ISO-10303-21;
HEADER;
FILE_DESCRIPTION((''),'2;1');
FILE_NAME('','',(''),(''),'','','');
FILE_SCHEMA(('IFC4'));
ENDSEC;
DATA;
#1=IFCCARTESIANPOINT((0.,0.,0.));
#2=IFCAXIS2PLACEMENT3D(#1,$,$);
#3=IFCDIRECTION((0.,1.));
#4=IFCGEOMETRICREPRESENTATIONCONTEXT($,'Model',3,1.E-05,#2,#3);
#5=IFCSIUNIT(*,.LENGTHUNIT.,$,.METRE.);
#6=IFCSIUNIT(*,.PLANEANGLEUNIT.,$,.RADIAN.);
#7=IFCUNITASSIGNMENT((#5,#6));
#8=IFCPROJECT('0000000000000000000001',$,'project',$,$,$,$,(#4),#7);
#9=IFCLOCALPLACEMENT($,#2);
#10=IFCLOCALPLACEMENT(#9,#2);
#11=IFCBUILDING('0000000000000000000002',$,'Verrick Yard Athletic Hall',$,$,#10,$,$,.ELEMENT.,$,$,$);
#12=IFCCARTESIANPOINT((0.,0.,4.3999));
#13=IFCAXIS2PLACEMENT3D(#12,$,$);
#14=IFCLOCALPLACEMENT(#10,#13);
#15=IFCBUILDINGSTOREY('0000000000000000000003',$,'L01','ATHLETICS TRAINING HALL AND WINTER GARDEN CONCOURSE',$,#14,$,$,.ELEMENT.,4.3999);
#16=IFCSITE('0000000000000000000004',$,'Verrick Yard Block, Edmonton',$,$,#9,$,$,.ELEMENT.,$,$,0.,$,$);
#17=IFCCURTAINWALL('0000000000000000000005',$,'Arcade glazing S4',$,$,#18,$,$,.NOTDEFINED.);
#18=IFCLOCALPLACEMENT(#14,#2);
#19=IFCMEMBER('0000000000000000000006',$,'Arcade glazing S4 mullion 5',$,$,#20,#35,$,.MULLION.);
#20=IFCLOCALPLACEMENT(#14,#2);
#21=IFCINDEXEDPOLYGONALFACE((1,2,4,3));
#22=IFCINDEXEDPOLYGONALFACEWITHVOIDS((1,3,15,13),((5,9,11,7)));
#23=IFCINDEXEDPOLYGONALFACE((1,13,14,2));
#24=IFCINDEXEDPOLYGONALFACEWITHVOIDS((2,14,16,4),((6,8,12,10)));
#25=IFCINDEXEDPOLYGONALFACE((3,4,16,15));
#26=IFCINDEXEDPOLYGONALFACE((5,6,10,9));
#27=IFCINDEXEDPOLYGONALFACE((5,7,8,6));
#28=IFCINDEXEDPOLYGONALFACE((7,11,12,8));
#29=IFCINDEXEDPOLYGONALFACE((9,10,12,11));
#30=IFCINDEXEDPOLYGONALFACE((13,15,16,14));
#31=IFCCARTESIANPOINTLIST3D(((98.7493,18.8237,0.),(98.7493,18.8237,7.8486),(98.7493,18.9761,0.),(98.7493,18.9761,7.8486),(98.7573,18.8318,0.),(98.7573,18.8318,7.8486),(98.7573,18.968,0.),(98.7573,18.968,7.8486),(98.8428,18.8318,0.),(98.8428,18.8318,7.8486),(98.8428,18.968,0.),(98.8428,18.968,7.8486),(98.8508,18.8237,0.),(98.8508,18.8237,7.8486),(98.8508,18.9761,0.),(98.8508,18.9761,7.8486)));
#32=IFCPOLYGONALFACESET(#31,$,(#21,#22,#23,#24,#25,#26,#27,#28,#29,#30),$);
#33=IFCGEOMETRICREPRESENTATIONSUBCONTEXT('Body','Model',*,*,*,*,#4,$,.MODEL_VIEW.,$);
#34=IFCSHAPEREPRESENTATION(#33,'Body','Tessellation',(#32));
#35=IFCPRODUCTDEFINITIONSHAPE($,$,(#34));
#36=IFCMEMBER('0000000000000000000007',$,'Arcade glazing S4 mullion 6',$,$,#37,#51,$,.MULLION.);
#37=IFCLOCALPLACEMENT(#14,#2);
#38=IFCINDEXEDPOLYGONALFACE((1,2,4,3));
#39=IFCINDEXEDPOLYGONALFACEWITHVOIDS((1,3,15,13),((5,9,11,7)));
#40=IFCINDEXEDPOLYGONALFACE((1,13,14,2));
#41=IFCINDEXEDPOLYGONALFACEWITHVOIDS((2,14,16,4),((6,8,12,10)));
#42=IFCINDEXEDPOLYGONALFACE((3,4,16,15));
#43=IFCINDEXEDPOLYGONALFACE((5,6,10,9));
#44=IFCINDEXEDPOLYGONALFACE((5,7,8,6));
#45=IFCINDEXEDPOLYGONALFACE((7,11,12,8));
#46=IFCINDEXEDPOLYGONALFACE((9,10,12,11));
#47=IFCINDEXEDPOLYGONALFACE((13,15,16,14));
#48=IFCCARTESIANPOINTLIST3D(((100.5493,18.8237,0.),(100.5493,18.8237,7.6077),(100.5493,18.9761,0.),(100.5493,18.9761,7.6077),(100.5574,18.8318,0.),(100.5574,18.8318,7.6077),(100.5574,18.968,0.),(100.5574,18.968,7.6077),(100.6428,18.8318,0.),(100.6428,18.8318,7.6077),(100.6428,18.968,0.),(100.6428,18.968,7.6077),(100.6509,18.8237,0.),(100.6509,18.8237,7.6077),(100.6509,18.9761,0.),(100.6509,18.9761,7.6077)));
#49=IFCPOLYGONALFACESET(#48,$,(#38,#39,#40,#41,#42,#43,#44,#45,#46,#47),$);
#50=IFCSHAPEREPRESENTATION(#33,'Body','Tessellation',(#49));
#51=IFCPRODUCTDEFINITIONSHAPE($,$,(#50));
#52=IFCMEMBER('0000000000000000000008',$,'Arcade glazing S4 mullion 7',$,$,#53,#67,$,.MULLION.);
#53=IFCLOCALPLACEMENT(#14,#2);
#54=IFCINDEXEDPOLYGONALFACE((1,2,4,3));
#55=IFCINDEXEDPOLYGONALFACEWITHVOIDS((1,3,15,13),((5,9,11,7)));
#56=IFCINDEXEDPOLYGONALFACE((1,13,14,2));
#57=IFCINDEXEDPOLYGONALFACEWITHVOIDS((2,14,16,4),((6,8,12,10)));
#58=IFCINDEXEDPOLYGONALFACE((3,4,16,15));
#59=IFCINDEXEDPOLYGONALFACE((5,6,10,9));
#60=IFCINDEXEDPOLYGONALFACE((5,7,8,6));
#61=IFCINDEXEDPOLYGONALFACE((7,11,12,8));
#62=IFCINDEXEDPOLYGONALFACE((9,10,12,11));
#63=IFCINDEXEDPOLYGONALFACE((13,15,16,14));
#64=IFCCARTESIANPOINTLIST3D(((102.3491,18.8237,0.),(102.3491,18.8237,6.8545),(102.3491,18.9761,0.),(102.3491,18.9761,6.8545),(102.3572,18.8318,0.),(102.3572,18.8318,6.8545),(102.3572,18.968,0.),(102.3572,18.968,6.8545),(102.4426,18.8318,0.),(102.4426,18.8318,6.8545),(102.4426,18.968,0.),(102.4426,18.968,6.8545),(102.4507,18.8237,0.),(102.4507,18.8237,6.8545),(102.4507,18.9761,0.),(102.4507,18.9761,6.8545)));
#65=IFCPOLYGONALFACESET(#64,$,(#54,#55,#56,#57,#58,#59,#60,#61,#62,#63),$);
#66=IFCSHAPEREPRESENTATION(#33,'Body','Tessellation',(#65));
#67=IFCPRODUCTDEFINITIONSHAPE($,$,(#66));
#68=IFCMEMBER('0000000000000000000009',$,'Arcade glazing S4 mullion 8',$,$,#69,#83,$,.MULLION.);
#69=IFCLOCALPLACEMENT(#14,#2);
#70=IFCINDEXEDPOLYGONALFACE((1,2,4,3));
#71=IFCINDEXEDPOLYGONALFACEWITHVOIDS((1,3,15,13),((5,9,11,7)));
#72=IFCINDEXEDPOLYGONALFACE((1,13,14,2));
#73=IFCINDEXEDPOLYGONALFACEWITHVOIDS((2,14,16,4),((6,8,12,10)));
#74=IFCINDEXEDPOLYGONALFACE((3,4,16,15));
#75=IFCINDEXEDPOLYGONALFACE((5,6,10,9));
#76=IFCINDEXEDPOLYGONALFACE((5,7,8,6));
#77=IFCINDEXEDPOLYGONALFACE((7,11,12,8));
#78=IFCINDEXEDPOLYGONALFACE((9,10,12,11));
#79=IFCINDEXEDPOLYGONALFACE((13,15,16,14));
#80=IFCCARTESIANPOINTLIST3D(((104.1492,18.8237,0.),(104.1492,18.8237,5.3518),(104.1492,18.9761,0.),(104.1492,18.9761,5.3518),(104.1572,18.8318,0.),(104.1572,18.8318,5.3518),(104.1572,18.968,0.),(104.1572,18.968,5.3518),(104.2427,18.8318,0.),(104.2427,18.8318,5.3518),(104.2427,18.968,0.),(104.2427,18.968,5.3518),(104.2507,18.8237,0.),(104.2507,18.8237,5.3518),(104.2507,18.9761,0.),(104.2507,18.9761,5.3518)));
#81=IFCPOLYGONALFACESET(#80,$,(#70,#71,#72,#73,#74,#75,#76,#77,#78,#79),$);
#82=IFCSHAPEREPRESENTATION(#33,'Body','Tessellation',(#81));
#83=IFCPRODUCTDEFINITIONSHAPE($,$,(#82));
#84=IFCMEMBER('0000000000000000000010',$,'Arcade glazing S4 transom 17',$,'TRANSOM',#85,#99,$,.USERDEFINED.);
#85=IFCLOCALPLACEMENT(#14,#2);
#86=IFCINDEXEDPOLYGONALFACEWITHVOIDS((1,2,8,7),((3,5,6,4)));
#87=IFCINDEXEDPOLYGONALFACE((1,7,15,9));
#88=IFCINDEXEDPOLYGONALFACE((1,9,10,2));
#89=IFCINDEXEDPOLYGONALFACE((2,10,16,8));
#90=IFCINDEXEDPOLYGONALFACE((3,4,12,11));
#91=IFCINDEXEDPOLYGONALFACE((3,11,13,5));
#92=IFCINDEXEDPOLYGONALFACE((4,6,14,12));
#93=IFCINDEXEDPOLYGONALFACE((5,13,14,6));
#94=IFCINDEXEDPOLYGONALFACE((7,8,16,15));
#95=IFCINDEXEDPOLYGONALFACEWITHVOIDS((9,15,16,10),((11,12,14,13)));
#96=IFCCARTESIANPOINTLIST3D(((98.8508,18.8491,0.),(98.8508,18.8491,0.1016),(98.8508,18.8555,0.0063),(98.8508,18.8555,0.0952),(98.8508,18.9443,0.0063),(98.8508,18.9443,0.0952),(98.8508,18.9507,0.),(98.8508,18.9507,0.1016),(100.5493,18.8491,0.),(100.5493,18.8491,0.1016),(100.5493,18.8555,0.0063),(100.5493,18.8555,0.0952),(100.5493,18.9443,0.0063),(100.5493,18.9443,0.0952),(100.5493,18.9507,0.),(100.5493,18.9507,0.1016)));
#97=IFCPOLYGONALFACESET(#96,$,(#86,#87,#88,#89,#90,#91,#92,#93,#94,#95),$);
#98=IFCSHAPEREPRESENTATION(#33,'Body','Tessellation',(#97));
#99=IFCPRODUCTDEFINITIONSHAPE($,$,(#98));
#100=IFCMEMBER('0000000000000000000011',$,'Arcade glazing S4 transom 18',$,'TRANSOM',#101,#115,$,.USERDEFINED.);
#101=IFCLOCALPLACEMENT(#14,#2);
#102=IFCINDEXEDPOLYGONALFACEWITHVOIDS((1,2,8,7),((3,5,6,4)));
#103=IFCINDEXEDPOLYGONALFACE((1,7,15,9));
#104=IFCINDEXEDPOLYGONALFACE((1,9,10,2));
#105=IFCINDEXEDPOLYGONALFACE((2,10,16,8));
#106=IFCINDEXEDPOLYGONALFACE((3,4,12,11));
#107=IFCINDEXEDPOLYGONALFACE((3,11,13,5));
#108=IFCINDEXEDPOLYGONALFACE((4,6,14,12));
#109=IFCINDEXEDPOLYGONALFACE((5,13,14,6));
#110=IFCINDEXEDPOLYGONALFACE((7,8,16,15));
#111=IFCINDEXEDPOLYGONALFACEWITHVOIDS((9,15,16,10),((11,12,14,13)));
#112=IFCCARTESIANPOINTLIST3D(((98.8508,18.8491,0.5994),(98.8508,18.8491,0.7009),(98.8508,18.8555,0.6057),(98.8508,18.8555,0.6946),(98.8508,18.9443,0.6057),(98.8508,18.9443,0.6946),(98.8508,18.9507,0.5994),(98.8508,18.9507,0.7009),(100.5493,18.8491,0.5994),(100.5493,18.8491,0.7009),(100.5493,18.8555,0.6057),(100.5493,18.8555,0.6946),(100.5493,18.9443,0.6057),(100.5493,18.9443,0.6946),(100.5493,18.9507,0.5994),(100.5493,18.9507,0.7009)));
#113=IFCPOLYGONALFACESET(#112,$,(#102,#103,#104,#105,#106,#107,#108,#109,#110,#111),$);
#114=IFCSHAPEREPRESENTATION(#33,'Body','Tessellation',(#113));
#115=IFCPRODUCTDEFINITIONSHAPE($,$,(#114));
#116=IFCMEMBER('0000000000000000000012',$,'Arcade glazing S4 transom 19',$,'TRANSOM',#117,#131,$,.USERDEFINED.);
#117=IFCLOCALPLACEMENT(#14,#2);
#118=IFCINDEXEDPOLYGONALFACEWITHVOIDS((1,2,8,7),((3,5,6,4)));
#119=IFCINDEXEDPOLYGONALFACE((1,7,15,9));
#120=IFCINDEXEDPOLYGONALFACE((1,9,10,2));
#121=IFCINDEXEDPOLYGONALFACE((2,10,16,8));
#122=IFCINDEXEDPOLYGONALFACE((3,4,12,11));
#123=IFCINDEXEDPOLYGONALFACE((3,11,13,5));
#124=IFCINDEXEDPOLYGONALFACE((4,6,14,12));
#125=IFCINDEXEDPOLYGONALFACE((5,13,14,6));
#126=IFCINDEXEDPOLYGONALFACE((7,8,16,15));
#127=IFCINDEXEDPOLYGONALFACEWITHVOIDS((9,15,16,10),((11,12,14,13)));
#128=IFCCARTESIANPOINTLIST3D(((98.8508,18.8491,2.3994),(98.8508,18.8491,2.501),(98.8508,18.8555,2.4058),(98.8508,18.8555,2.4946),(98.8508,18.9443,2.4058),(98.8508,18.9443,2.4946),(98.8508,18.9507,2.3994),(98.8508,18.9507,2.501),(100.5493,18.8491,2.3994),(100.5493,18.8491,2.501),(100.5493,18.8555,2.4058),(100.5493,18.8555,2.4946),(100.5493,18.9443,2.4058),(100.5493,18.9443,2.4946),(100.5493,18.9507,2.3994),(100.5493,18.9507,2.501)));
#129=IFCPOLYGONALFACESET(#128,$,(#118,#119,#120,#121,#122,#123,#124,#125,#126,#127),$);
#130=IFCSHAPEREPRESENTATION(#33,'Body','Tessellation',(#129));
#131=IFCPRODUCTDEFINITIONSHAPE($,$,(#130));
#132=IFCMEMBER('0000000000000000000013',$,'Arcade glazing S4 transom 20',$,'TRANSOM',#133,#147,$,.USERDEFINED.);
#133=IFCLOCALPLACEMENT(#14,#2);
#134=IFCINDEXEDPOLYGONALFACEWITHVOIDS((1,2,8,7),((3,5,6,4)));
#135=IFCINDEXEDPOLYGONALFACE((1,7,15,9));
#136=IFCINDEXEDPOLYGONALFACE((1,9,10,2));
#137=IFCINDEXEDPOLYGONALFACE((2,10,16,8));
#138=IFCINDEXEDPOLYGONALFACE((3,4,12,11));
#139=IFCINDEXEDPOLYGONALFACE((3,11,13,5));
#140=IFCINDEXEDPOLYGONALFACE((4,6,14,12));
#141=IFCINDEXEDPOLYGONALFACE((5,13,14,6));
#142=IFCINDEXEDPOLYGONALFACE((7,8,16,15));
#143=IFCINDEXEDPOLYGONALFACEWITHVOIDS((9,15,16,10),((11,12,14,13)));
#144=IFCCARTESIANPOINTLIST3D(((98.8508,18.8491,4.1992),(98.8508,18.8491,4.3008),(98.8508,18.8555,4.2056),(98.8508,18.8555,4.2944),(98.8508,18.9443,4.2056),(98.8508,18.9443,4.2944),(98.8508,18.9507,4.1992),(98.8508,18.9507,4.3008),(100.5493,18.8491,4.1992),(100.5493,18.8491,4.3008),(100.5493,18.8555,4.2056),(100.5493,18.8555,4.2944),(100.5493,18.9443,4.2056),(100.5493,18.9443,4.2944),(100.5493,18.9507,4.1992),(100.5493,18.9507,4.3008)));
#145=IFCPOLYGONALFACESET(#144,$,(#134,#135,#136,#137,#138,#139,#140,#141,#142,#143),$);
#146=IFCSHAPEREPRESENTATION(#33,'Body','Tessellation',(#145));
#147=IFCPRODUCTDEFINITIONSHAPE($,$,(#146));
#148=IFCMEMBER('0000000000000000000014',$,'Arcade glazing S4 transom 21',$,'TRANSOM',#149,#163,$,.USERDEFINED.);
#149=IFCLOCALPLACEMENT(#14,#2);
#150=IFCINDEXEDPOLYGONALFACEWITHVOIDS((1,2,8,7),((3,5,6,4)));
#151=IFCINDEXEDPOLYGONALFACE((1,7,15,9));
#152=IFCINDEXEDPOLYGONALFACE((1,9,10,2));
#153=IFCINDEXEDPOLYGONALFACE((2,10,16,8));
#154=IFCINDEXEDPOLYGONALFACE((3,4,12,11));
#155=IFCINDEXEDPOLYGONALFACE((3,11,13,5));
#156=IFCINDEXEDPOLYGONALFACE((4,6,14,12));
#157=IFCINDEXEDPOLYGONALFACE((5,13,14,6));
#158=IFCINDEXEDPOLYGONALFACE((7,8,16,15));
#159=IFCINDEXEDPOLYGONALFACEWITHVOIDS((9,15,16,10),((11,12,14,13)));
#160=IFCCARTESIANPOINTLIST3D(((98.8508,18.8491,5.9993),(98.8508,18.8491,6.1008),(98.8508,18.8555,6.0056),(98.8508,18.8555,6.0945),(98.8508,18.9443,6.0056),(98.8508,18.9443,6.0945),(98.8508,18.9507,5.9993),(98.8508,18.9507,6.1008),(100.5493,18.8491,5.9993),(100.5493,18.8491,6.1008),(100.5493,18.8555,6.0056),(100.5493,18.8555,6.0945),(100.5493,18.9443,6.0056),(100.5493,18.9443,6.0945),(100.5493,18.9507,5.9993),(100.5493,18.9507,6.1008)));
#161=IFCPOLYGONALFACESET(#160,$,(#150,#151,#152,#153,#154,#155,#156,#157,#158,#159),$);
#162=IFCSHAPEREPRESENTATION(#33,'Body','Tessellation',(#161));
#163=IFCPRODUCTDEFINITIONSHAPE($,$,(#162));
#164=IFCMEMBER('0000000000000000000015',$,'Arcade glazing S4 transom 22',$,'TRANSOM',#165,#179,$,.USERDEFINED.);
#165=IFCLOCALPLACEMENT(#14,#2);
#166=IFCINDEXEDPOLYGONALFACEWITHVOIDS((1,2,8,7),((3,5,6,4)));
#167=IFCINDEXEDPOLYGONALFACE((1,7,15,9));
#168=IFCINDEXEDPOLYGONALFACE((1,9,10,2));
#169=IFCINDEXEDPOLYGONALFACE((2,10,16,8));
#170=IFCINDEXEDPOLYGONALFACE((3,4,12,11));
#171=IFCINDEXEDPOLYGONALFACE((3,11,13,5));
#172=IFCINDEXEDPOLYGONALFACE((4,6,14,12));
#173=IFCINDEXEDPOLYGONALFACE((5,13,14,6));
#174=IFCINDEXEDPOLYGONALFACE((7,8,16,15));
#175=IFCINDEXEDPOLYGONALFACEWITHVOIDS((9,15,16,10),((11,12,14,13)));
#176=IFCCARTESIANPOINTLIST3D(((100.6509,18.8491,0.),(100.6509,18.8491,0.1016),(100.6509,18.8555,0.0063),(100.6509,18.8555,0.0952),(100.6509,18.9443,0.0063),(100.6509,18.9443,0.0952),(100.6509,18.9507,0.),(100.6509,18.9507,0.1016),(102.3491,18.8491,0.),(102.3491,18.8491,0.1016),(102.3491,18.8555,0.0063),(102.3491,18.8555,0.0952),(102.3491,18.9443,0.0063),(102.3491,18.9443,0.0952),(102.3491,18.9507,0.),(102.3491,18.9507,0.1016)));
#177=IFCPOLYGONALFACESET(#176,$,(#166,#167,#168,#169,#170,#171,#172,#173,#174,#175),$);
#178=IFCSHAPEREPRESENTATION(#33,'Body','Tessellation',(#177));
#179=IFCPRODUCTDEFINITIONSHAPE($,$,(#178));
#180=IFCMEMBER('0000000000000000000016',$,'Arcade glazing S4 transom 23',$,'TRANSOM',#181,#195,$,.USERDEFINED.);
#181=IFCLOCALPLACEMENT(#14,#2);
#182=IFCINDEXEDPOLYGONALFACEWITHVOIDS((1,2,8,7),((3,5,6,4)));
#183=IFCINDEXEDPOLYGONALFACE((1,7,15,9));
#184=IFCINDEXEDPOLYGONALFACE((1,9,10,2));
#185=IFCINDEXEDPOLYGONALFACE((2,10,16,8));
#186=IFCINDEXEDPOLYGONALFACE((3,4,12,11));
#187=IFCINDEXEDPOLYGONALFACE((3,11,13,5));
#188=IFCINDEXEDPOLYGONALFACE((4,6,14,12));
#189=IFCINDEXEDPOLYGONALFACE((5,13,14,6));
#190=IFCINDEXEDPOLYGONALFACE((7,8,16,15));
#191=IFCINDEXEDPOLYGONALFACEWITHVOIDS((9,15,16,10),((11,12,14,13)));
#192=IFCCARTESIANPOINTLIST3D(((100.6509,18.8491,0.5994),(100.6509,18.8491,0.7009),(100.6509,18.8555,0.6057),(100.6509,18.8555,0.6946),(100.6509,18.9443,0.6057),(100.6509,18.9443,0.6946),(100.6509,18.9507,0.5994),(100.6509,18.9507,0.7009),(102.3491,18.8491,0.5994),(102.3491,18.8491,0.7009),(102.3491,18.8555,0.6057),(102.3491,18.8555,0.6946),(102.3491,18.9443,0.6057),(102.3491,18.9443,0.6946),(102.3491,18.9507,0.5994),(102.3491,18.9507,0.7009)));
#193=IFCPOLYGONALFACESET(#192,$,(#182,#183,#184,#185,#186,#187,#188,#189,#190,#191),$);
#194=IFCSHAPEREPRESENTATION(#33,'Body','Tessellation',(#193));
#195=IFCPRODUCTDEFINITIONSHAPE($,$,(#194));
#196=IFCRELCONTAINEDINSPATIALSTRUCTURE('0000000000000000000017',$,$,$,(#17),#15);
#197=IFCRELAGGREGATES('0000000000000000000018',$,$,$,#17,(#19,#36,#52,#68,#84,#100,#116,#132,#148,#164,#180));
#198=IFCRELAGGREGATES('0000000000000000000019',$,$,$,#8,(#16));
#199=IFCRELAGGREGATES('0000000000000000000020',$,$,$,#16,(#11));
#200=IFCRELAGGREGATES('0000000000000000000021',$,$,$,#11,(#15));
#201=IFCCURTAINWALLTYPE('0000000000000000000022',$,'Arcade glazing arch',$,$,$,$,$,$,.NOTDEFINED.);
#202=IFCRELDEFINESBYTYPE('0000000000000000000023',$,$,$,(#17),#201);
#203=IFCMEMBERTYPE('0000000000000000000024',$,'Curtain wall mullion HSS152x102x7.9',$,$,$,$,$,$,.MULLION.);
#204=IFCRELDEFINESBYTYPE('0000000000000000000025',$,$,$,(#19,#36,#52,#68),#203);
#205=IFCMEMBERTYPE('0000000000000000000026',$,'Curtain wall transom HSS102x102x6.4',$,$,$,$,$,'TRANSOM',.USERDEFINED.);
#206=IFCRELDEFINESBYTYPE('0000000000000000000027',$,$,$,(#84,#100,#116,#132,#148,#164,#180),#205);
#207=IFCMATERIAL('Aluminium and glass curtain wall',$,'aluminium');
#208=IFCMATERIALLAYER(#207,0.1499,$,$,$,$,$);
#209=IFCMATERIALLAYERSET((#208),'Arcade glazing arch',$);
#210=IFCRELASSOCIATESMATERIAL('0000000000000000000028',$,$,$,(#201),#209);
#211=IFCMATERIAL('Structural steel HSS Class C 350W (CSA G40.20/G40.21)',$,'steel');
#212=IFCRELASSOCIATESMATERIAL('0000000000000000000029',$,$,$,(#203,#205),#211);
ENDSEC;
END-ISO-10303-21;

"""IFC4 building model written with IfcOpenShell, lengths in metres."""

from ifc_helpers import new_model, si_unit, direction, frame, origin, origin_2d, place, context, subcontext, project, spatial, hollow_rectangle, extrude, material, layer, layer_set, material_profile, profile_set, type_object, element, aggregate, save


model = new_model("IFC4")

# Units and contexts
model_context = context("Model", 3, precision=1e-05, world=origin(), true_north=direction((0.0, 1.0)))
body_context = subcontext(model_context, "Body", "Model", "MODEL_VIEW")
ifc_project = project(units=[si_unit("LENGTHUNIT", "METRE"), si_unit("PLANEANGLEUNIT", "RADIAN")], contexts=[model_context])

# Site, building, storey
site_placement = place(None, origin())
site = spatial("IfcSite", under=ifc_project, at=site_placement, Name="Verrick Yard Block, Edmonton", CompositionType="ELEMENT", RefElevation=0.0)
building_placement = place(site_placement, origin())
building = spatial("IfcBuilding", under=site, at=building_placement, Name="Verrick Yard Athletic Hall", CompositionType="ELEMENT")
storey_placement = place(building_placement, frame((0.0, 0.0, 4.3999)))
storey = spatial("IfcBuildingStorey", under=building, at=storey_placement, Name="L01", Description="ATHLETICS TRAINING HALL AND WINTER GARDEN CONCOURSE", CompositionType="ELEMENT", Elevation=4.3999)

# Curtain wall, members
ifc_material_1 = material(Name="Aluminium and glass curtain wall", Category="aluminium")
ifc_layer_1 = layer(ifc_material_1, 0.1499)
ifc_layer_set_1 = layer_set([ifc_layer_1], Name="Arcade glazing arch")
curtain_wall_type = type_object("IfcCurtainWallType", Name="Arcade glazing arch", PredefinedType="NOTDEFINED", material=ifc_layer_set_1)
curtain_wall_placement = place(storey_placement, origin())
curtain_wall = element("IfcCurtainWall", 1, at=curtain_wall_placement, inside=storey, type_object=curtain_wall_type, Name="Arcade glazing S4", PredefinedType="NOTDEFINED")
ifc_material_2 = material(Name="Structural steel HSS Class C 350W (CSA G40.20/G40.21)", Category="steel")
ifc_material_profile_1 = material_profile(ifc_material_2, hollow_rectangle(XDim=0.1016, YDim=0.1523, WallThickness=0.0081, at=origin_2d()), Name="HSS152x102x7.9")
ifc_profile_set_1 = profile_set([ifc_material_profile_1], Name="Structural steel HSS Class C 350W (CSA G40.20/G40.21)")
member_type_1 = type_object("IfcMemberType", Name="Curtain wall mullion HSS152x102x7.9", PredefinedType="MULLION", material=ifc_profile_set_1)
member_1_placement = place(storey_placement, frame((98.8, 18.8999, 0.0), z_axis=(0.0, 0.0, 1.0), x_axis=(1.0, 0.0, 0.0)))
member_1 = element("IfcMember", 2, at=member_1_placement, type_object=member_type_1, Name="Arcade glazing S4 mullion 5", PredefinedType="MULLION", context=body_context, shape_type="SweptSolid", body=[
    extrude(hollow_rectangle(XDim=0.1016, YDim=0.1523, WallThickness=0.0081, at=origin_2d()), origin(), (0.0, 0.0, 1.0), 7.8486),
])
member_2_placement = place(storey_placement, frame((100.6001, 18.8999, 0.0), z_axis=(0.0, 0.0, 1.0), x_axis=(1.0, 0.0, 0.0)))
member_2 = element("IfcMember", 3, at=member_2_placement, type_object=member_type_1, Name="Arcade glazing S4 mullion 6", PredefinedType="MULLION", context=body_context, shape_type="SweptSolid", body=[
    extrude(hollow_rectangle(XDim=0.1016, YDim=0.1523, WallThickness=0.0081, at=origin_2d()), origin(), (0.0, 0.0, 1.0), 7.6077),
])
member_3_placement = place(storey_placement, frame((102.3999, 18.8999, 0.0), z_axis=(0.0, 0.0, 1.0), x_axis=(1.0, 0.0, 0.0)))
member_3 = element("IfcMember", 4, at=member_3_placement, type_object=member_type_1, Name="Arcade glazing S4 mullion 7", PredefinedType="MULLION", context=body_context, shape_type="SweptSolid", body=[
    extrude(hollow_rectangle(XDim=0.1016, YDim=0.1523, WallThickness=0.0081, at=origin_2d()), origin(), (0.0, 0.0, 1.0), 6.8545),
])
member_4_placement = place(storey_placement, frame((104.2, 18.8999, 0.0), z_axis=(0.0, 0.0, 1.0), x_axis=(1.0, 0.0, 0.0)))
member_4 = element("IfcMember", 5, at=member_4_placement, type_object=member_type_1, Name="Arcade glazing S4 mullion 8", PredefinedType="MULLION", context=body_context, shape_type="SweptSolid", body=[
    extrude(hollow_rectangle(XDim=0.1016, YDim=0.1523, WallThickness=0.0081, at=origin_2d()), origin(), (0.0, 0.0, 1.0), 5.3518),
])
ifc_material_profile_2 = material_profile(ifc_material_2, hollow_rectangle(XDim=0.1016, YDim=0.1016, WallThickness=0.0063, at=origin_2d()), Name="HSS102x102x6.4")
ifc_profile_set_2 = profile_set([ifc_material_profile_2], Name="Structural steel HSS Class C 350W (CSA G40.20/G40.21)")
member_type_2 = type_object("IfcMemberType", Name="Curtain wall transom HSS102x102x6.4", ElementType="TRANSOM", PredefinedType="USERDEFINED", material=ifc_profile_set_2)
member_5_placement = place(storey_placement, frame((98.8508, 18.8999, 0.0508), z_axis=(1.0, 0.0, 0.0), x_axis=(0.0, 1.0, 0.0)))
member_5 = element("IfcMember", 6, at=member_5_placement, type_object=member_type_2, Name="Arcade glazing S4 transom 17", ObjectType="TRANSOM", PredefinedType="USERDEFINED", context=body_context, shape_type="SweptSolid", body=[
    extrude(hollow_rectangle(XDim=0.1016, YDim=0.1016, WallThickness=0.0063, at=origin_2d()), origin(), (0.0, 0.0, 1.0), 1.6985),
])
member_6_placement = place(storey_placement, frame((98.8508, 18.8999, 0.6501), z_axis=(1.0, 0.0, 0.0), x_axis=(0.0, 1.0, 0.0)))
member_6 = element("IfcMember", 7, at=member_6_placement, type_object=member_type_2, Name="Arcade glazing S4 transom 18", ObjectType="TRANSOM", PredefinedType="USERDEFINED", context=body_context, shape_type="SweptSolid", body=[
    extrude(hollow_rectangle(XDim=0.1016, YDim=0.1016, WallThickness=0.0063, at=origin_2d()), origin(), (0.0, 0.0, 1.0), 1.6985),
])
member_7_placement = place(storey_placement, frame((98.8508, 18.8999, 2.4502), z_axis=(1.0, 0.0, 0.0), x_axis=(0.0, 1.0, 0.0)))
member_7 = element("IfcMember", 8, at=member_7_placement, type_object=member_type_2, Name="Arcade glazing S4 transom 19", ObjectType="TRANSOM", PredefinedType="USERDEFINED", context=body_context, shape_type="SweptSolid", body=[
    extrude(hollow_rectangle(XDim=0.1016, YDim=0.1016, WallThickness=0.0063, at=origin_2d()), origin(), (0.0, 0.0, 1.0), 1.6985),
])
member_8_placement = place(storey_placement, frame((98.8508, 18.8999, 4.25), z_axis=(1.0, 0.0, 0.0), x_axis=(0.0, 1.0, 0.0)))
member_8 = element("IfcMember", 9, at=member_8_placement, type_object=member_type_2, Name="Arcade glazing S4 transom 20", ObjectType="TRANSOM", PredefinedType="USERDEFINED", context=body_context, shape_type="SweptSolid", body=[
    extrude(hollow_rectangle(XDim=0.1016, YDim=0.1016, WallThickness=0.0063, at=origin_2d()), origin(), (0.0, 0.0, 1.0), 1.6985),
])
member_9_placement = place(storey_placement, frame((98.8508, 18.8999, 6.05), z_axis=(1.0, 0.0, 0.0), x_axis=(0.0, 1.0, 0.0)))
member_9 = element("IfcMember", 10, at=member_9_placement, type_object=member_type_2, Name="Arcade glazing S4 transom 21", ObjectType="TRANSOM", PredefinedType="USERDEFINED", context=body_context, shape_type="SweptSolid", body=[
    extrude(hollow_rectangle(XDim=0.1016, YDim=0.1016, WallThickness=0.0063, at=origin_2d()), origin(), (0.0, 0.0, 1.0), 1.6985),
])
member_10_placement = place(storey_placement, frame((100.6509, 18.8999, 0.0508), z_axis=(1.0, 0.0, 0.0), x_axis=(0.0, 1.0, 0.0)))
member_10 = element("IfcMember", 11, at=member_10_placement, type_object=member_type_2, Name="Arcade glazing S4 transom 22", ObjectType="TRANSOM", PredefinedType="USERDEFINED", context=body_context, shape_type="SweptSolid", body=[
    extrude(hollow_rectangle(XDim=0.1016, YDim=0.1016, WallThickness=0.0063, at=origin_2d()), origin(), (0.0, 0.0, 1.0), 1.6982),
])
member_11_placement = place(storey_placement, frame((100.6509, 18.8999, 0.6501), z_axis=(1.0, 0.0, 0.0), x_axis=(0.0, 1.0, 0.0)))
member_11 = element("IfcMember", 12, at=member_11_placement, type_object=member_type_2, Name="Arcade glazing S4 transom 23", ObjectType="TRANSOM", PredefinedType="USERDEFINED", context=body_context, shape_type="SweptSolid", body=[
    extrude(hollow_rectangle(XDim=0.1016, YDim=0.1016, WallThickness=0.0063, at=origin_2d()), origin(), (0.0, 0.0, 1.0), 1.6982),
])
aggregate(curtain_wall, [member_1, member_2, member_3, member_4, member_5, member_6, member_7, member_8, member_9, member_10, member_11])

save(model, "model.ifc")
